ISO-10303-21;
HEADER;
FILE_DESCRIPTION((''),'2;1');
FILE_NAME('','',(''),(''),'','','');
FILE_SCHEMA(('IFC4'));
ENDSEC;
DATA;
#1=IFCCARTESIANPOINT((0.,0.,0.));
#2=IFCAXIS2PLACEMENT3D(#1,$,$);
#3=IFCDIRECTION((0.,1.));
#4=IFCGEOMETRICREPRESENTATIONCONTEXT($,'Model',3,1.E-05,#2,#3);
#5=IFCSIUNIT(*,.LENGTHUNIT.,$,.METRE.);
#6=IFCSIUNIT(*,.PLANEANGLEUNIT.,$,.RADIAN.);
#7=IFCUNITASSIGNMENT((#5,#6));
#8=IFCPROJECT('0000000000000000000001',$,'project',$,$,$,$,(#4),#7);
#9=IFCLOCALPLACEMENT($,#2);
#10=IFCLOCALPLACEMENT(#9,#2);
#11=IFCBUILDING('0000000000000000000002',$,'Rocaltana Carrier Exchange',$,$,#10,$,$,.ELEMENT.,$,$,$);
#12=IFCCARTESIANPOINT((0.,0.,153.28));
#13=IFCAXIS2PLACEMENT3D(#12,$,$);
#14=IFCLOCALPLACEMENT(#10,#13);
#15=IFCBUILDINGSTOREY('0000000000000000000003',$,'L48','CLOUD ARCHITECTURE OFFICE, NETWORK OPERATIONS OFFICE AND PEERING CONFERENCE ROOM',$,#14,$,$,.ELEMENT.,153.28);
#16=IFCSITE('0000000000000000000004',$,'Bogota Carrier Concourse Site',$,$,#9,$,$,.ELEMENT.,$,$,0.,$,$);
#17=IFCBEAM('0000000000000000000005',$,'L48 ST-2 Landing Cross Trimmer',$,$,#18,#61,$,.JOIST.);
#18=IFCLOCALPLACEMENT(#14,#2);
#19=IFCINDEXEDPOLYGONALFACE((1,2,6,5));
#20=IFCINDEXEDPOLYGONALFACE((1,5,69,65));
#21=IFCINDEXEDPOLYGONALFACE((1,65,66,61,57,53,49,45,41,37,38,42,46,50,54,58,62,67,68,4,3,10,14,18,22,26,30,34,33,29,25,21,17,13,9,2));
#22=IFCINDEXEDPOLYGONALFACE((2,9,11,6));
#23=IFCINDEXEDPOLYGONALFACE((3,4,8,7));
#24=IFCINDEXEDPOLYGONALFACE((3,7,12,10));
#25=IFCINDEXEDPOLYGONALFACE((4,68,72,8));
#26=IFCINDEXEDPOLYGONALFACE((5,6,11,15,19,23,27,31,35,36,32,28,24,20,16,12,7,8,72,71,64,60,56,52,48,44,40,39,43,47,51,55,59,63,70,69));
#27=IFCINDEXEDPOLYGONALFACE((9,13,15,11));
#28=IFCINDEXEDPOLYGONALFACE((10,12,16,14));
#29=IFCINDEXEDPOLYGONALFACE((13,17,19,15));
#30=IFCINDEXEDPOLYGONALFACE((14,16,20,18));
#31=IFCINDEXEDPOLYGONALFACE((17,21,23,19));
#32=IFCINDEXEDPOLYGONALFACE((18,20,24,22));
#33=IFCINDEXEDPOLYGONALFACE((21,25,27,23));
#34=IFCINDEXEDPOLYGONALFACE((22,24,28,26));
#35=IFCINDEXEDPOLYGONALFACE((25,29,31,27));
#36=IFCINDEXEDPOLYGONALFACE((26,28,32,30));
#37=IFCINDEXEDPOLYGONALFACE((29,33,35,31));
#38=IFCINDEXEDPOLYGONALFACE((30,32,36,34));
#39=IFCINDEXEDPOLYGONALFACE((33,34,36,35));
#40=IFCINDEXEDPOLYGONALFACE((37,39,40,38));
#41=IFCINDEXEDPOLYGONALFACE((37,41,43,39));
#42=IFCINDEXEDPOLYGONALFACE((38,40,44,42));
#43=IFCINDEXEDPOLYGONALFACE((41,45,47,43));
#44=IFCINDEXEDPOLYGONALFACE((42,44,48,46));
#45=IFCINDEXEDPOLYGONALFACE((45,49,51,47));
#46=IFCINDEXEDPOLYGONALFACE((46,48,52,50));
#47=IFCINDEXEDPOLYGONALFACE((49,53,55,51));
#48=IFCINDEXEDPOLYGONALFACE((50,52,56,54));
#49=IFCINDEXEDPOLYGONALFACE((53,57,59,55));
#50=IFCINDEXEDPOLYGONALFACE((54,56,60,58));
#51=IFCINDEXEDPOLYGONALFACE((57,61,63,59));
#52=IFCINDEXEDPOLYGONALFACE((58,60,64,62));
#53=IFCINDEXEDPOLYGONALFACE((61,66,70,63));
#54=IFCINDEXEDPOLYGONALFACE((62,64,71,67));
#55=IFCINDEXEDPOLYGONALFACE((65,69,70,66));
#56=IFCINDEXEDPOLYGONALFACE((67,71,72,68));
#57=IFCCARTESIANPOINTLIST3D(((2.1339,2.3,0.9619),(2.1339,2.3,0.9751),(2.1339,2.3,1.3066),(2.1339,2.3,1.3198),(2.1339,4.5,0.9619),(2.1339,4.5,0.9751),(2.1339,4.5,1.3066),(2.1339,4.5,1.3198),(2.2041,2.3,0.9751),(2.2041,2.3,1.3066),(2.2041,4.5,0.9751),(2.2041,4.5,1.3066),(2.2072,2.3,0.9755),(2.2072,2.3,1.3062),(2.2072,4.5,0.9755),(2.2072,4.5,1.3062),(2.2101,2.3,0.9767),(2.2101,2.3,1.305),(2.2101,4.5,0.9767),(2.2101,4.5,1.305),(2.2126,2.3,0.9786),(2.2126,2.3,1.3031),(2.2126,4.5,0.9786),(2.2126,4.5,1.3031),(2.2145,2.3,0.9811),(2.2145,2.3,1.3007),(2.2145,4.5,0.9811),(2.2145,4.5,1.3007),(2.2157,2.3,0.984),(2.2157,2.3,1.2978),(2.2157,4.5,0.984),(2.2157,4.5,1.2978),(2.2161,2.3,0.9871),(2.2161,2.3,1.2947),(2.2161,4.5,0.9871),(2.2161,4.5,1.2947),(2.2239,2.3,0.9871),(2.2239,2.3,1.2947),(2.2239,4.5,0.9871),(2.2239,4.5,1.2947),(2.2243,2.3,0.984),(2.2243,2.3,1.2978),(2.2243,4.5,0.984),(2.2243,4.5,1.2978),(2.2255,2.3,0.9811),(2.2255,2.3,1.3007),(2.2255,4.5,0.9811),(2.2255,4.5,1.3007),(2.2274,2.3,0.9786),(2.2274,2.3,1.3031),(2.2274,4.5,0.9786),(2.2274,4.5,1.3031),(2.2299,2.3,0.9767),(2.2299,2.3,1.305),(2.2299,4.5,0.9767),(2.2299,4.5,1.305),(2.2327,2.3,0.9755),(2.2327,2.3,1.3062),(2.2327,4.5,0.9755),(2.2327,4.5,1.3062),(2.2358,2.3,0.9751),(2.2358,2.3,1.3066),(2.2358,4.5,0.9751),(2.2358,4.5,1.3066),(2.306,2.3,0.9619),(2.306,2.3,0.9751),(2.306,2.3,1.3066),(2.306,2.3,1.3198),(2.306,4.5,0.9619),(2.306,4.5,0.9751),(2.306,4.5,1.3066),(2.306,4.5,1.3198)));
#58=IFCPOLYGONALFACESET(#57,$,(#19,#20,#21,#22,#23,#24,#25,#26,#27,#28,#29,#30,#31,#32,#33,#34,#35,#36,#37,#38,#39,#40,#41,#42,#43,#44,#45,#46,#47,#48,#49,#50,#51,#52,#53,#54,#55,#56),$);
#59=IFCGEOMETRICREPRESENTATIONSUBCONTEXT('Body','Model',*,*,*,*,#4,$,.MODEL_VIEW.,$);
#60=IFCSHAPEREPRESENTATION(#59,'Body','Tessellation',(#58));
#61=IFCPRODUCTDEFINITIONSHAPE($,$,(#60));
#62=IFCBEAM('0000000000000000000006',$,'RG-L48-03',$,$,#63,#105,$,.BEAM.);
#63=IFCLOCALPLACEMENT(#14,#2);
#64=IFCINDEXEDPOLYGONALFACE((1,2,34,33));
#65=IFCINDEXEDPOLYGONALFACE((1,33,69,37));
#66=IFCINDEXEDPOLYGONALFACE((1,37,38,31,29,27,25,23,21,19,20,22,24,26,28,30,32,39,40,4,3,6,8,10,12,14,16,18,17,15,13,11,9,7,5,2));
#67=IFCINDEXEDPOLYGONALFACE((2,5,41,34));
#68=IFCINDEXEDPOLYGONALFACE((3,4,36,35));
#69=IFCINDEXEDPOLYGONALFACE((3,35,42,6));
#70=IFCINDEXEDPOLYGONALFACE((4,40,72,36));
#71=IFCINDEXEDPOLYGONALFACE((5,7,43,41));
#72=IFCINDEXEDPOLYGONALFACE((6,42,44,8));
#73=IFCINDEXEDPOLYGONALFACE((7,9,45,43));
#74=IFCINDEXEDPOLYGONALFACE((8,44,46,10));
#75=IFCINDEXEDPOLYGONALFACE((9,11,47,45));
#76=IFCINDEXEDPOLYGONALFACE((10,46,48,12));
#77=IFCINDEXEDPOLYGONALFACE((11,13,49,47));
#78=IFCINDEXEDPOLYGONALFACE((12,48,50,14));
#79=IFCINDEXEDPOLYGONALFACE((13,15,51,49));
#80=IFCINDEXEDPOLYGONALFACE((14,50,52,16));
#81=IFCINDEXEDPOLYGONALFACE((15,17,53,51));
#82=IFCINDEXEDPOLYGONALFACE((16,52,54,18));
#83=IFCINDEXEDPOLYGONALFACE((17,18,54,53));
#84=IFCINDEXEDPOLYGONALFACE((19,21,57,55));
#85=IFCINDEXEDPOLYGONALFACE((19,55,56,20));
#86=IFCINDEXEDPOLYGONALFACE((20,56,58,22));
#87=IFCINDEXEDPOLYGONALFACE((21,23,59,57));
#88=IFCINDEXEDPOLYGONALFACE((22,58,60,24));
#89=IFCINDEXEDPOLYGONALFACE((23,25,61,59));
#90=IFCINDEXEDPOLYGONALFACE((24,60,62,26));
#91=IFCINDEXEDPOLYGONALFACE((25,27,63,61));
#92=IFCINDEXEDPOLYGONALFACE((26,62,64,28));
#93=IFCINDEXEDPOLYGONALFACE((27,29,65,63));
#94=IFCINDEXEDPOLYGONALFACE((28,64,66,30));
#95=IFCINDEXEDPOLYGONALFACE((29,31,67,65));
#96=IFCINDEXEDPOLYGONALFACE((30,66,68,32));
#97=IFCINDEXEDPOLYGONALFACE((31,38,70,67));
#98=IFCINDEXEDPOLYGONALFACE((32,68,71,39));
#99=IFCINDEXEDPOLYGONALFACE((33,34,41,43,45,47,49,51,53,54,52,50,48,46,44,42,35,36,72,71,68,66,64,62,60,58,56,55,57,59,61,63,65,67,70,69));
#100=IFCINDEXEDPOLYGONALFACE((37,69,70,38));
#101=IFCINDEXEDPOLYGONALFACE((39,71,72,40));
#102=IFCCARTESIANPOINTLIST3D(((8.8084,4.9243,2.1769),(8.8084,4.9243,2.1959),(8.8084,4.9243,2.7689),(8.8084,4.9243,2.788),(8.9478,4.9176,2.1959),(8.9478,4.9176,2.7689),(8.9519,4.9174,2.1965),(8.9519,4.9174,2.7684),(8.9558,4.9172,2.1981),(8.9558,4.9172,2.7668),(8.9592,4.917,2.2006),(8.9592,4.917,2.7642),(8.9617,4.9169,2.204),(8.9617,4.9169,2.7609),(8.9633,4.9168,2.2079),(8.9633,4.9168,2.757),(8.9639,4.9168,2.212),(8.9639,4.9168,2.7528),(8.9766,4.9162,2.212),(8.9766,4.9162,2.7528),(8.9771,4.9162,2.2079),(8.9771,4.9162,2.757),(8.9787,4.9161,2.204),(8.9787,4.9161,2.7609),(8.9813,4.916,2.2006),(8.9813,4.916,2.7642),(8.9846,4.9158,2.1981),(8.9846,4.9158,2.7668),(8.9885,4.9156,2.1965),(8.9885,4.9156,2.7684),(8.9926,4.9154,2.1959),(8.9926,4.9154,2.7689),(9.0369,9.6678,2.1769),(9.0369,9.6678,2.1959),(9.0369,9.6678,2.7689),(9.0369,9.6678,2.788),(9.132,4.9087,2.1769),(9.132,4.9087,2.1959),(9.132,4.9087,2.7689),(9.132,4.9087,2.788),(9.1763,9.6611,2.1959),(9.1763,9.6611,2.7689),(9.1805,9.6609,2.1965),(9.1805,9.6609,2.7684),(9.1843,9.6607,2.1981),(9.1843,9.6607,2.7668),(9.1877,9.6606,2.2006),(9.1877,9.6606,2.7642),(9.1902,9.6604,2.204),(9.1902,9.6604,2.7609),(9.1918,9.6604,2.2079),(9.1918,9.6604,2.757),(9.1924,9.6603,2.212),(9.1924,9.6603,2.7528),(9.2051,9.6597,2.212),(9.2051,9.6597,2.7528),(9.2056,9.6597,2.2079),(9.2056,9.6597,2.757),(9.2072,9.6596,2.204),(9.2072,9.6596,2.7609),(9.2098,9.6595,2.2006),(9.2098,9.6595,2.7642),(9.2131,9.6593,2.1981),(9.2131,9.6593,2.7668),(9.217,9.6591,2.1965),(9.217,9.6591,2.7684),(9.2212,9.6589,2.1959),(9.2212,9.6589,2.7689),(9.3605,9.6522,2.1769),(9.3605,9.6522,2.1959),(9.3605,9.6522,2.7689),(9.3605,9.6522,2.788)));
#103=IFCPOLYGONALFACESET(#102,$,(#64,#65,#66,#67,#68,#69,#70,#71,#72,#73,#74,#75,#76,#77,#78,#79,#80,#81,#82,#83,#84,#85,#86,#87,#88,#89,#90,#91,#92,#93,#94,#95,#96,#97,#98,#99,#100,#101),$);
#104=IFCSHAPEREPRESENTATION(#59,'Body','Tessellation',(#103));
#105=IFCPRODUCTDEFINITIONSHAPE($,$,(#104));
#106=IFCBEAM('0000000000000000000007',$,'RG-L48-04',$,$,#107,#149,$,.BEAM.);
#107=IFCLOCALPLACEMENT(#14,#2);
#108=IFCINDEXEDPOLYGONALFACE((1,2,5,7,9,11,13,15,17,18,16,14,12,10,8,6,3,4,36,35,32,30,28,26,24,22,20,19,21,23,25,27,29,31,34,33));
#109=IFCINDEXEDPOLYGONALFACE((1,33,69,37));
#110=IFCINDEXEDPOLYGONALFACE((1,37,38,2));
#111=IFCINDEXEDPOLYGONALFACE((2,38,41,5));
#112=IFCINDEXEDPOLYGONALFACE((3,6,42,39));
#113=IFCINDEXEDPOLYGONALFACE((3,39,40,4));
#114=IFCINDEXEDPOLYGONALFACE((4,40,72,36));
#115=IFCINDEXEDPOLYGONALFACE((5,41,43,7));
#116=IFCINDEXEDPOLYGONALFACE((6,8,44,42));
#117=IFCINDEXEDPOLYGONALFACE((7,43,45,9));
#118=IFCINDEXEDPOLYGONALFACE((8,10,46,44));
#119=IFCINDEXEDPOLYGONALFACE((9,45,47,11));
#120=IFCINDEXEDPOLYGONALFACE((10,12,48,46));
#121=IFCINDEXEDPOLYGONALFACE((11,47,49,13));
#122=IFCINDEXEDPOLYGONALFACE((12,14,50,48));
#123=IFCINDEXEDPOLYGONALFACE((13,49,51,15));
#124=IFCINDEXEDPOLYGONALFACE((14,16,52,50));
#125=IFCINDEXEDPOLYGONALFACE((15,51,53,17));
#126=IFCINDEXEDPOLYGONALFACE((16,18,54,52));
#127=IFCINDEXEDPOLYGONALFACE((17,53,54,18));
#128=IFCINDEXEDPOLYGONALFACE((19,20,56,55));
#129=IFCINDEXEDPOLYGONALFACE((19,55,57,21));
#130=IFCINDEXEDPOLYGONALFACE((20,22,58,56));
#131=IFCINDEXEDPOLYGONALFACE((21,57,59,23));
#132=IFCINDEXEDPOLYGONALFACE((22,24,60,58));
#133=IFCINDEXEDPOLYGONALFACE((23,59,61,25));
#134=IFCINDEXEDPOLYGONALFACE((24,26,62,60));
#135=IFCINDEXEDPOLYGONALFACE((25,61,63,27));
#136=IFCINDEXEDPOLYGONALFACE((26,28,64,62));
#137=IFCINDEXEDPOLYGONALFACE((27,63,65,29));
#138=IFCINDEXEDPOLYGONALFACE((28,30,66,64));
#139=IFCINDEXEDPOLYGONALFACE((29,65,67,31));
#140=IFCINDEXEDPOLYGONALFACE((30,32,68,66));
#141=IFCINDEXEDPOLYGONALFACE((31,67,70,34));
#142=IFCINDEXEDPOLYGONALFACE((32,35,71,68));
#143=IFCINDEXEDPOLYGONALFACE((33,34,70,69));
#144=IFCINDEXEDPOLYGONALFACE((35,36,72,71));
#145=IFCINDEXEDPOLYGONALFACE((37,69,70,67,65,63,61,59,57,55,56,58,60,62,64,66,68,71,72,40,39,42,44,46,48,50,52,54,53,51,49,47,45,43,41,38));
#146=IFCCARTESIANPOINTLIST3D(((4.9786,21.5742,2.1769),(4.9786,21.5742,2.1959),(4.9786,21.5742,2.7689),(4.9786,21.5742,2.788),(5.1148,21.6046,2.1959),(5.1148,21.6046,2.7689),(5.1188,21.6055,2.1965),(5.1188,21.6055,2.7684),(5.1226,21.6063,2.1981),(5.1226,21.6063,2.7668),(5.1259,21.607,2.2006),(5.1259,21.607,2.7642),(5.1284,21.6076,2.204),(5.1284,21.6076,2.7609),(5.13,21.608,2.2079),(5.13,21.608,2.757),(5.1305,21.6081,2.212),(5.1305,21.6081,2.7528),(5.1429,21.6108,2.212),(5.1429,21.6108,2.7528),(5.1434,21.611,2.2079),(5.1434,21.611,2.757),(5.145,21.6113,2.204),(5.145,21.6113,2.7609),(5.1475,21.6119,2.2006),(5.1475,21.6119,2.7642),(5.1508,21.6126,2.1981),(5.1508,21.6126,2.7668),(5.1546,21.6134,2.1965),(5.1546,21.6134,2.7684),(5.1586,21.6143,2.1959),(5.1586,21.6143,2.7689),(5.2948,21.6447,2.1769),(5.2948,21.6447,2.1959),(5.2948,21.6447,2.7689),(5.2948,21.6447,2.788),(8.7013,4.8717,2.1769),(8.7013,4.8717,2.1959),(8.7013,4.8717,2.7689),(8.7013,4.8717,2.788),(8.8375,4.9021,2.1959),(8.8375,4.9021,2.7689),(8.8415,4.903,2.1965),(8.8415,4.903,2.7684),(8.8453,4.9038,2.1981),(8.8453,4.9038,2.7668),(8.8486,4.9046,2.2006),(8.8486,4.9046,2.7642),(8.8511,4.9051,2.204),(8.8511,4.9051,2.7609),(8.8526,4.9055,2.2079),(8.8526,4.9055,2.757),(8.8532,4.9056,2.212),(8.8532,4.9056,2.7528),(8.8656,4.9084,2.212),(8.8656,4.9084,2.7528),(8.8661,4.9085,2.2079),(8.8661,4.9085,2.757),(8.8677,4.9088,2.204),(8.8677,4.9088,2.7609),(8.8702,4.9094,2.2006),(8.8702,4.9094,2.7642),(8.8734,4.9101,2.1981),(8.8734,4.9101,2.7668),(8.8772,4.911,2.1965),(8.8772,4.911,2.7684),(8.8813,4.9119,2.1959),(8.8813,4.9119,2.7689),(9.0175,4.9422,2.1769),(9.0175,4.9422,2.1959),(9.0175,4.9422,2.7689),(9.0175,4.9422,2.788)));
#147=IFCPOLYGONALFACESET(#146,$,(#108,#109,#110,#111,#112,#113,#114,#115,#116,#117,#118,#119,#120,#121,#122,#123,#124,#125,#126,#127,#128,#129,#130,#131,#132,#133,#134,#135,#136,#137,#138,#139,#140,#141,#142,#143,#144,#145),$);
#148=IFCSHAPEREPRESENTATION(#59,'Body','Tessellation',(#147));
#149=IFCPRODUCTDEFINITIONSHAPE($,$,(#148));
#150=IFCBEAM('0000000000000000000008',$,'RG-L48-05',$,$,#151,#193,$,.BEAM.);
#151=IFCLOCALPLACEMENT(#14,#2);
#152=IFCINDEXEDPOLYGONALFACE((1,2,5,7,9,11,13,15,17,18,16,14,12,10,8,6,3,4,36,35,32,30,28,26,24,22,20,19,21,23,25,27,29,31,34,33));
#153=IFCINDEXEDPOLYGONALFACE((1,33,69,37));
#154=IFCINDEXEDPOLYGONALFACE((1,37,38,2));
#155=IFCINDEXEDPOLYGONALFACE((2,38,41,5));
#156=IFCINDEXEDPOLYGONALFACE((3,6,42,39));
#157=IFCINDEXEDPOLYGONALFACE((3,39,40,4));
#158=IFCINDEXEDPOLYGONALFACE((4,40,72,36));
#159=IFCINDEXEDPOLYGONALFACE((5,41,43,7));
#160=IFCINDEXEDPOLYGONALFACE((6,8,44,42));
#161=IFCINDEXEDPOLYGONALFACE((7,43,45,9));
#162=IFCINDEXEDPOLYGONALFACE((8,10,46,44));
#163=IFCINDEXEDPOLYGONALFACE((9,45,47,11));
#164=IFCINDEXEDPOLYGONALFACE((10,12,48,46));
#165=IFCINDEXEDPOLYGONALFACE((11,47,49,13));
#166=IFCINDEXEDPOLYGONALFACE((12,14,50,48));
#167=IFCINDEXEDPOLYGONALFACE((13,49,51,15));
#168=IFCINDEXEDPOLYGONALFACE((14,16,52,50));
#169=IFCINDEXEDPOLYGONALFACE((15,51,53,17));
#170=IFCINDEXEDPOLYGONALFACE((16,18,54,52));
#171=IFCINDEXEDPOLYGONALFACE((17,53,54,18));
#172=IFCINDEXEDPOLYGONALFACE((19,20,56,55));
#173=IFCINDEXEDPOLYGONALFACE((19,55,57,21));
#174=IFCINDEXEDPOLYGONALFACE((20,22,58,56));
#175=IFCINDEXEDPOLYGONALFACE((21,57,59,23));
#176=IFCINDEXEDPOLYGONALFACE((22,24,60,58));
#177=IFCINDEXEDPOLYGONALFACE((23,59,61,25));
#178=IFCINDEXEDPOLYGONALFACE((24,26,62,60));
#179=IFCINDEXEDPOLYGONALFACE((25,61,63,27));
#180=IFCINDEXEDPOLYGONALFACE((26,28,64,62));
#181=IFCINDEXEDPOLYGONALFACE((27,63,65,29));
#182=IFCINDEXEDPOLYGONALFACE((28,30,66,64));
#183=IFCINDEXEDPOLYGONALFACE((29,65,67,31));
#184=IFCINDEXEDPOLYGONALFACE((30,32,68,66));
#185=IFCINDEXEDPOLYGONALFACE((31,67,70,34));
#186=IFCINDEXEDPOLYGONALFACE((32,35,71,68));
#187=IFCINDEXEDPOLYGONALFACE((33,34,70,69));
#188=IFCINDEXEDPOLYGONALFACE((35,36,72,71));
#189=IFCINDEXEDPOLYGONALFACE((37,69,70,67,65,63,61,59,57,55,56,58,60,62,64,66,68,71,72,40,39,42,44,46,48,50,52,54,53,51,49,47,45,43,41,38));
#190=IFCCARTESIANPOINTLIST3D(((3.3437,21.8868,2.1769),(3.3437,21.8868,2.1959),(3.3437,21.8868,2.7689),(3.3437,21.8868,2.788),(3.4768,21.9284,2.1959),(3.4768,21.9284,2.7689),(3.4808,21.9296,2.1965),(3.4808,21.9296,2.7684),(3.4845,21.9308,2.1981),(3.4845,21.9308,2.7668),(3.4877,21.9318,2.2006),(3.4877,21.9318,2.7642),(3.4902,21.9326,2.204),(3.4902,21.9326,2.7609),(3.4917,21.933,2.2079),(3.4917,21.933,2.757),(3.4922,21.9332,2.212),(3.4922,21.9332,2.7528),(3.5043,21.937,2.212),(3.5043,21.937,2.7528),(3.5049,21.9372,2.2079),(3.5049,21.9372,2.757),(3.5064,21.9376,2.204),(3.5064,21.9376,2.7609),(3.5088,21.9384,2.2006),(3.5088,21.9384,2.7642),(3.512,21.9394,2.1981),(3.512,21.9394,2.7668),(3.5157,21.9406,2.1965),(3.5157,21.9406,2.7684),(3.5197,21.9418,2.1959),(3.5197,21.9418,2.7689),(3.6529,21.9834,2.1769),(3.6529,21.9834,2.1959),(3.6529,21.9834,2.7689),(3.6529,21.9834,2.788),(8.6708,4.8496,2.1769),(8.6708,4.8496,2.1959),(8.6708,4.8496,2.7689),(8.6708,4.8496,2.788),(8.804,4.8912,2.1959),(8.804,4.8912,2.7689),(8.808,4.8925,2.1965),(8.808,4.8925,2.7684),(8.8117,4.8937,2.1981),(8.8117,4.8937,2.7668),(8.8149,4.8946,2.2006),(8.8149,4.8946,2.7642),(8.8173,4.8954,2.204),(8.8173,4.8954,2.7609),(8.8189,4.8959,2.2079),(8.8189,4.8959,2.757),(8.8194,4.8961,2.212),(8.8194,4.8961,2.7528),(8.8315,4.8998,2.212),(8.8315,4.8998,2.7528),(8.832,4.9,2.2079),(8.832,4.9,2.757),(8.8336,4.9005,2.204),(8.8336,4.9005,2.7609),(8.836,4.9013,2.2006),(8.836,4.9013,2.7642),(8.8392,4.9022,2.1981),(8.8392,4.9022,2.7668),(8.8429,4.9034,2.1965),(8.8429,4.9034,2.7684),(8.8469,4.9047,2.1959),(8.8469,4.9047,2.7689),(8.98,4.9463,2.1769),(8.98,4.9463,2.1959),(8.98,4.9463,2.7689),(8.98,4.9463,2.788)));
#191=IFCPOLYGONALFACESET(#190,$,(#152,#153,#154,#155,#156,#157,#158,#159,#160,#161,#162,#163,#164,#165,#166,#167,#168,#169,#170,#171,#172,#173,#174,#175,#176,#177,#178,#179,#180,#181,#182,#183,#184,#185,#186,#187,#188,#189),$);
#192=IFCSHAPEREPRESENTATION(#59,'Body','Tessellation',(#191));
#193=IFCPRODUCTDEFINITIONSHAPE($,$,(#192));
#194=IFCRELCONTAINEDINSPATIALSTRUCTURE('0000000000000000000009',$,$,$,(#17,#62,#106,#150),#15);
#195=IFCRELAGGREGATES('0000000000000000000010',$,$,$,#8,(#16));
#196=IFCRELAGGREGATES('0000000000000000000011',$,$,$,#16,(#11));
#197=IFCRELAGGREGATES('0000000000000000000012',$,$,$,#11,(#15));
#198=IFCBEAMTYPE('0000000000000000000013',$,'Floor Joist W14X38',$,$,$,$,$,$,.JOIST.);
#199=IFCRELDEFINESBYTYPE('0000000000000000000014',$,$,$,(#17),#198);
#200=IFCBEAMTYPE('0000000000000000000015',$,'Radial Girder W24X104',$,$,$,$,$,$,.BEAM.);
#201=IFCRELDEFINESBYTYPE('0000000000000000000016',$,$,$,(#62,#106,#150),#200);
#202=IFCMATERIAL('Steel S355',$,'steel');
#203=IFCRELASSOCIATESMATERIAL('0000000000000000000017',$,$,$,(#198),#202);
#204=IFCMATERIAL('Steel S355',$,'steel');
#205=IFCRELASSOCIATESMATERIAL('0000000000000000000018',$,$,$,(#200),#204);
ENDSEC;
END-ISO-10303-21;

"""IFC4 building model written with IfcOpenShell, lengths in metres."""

from ifc_helpers import new_model, si_unit, direction, frame, origin, origin_2d, place, context, subcontext, project, spatial, i_section, extrude, material, material_profile, profile_set, type_object, element, save


model = new_model("IFC4")

# Units and contexts
model_context = context("Model", 3, precision=1e-05, world=origin(), true_north=direction((0.0, 1.0)))
body_context = subcontext(model_context, "Body", "Model", "MODEL_VIEW")
ifc_project = project(units=[si_unit("LENGTHUNIT", "METRE"), si_unit("PLANEANGLEUNIT", "RADIAN")], contexts=[model_context])

# Site, building, storey
site_placement = place(None, origin())
site = spatial("IfcSite", under=ifc_project, at=site_placement, Name="Bogota Carrier Concourse Site", CompositionType="ELEMENT", RefElevation=0.0)
building_placement = place(site_placement, origin())
building = spatial("IfcBuilding", under=site, at=building_placement, Name="Rocaltana Carrier Exchange", CompositionType="ELEMENT")
storey_placement = place(building_placement, frame((0.0, 0.0, 153.28)))
storey = spatial("IfcBuildingStorey", under=building, at=storey_placement, Name="L48", Description="CLOUD ARCHITECTURE OFFICE, NETWORK OPERATIONS OFFICE AND PEERING CONFERENCE ROOM", CompositionType="ELEMENT", Elevation=153.28)

# Beams
ifc_material_1 = material(Name="Steel S355", Category="steel")
ifc_material_profile_1 = material_profile(ifc_material_1, i_section(OverallWidth=0.1721, OverallDepth=0.3579, WebThickness=0.0078, FlangeThickness=0.0132, FilletRadius=0.012, at=origin_2d()), Name="W14X38")
ifc_profile_set_1 = profile_set([ifc_material_profile_1], Name="Steel S355")
beam_type_1 = type_object("IfcBeamType", Name="Floor Joist W14X38", PredefinedType="JOIST", material=ifc_profile_set_1)
beam_1_placement = place(storey_placement, frame((2.22, 2.3, 1.1409), z_axis=(0.0, 1.0, 0.0), x_axis=(-1.0, 0.0, 0.0)))
element("IfcBeam", 1, at=beam_1_placement, inside=storey, type_object=beam_type_1, Name="L48 ST-2 Landing Cross Trimmer", PredefinedType="JOIST", context=body_context, shape_type="SweptSolid", body=[
    extrude(i_section(OverallWidth=0.1721, OverallDepth=0.3579, WebThickness=0.0078, FlangeThickness=0.0132, FilletRadius=0.012, at=origin_2d()), origin(), (0.0, 0.0, 1.0), 2.2),
])
ifc_material_2 = material(Name="Steel S355", Category="steel")
ifc_material_profile_2 = material_profile(ifc_material_2, i_section(OverallWidth=0.324, OverallDepth=0.6111, WebThickness=0.0127, FlangeThickness=0.019, FilletRadius=0.0161, at=origin_2d()), Name="W24X104")
ifc_profile_set_2 = profile_set([ifc_material_profile_2], Name="Steel S355")
beam_type_2 = type_object("IfcBeamType", Name="Radial Girder W24X104", PredefinedType="BEAM", material=ifc_profile_set_2)
beam_2_placement = place(storey_placement, frame((8.9702, 4.9165, 2.4824), z_axis=(0.04812, 0.998842, 0.0), x_axis=(-0.998842, 0.04812, 0.0)))
element("IfcBeam", 2, at=beam_2_placement, inside=storey, type_object=beam_type_2, Name="RG-L48-03", PredefinedType="BEAM", context=body_context, shape_type="SweptSolid", body=[
    extrude(i_section(OverallWidth=0.324, OverallDepth=0.6111, WebThickness=0.0127, FlangeThickness=0.019, FilletRadius=0.0161, at=origin_2d()), origin(), (0.0, 0.0, 1.0), 4.749),
])
beam_3_placement = place(storey_placement, frame((8.8594, 4.907, 2.4824), z_axis=(-0.217544, 0.976051, 0.0), x_axis=(-0.976051, -0.217544, 0.0)))
element("IfcBeam", 3, at=beam_3_placement, inside=storey, type_object=beam_type_2, Name="RG-L48-04", PredefinedType="BEAM", context=body_context, shape_type="SweptSolid", body=[
    extrude(i_section(OverallWidth=0.324, OverallDepth=0.6111, WebThickness=0.0127, FlangeThickness=0.019, FilletRadius=0.0161, at=origin_2d()), origin(), (0.0, 0.0, 1.0), 17.1123),
])
beam_4_placement = place(storey_placement, frame((8.8254, 4.8979, 2.4824), z_axis=(-0.298431, 0.954431, 0.0), x_axis=(-0.954431, -0.298431, 0.0)))
element("IfcBeam", 4, at=beam_4_placement, inside=storey, type_object=beam_type_2, Name="RG-L48-05", PredefinedType="BEAM", context=body_context, shape_type="SweptSolid", body=[
    extrude(i_section(OverallWidth=0.324, OverallDepth=0.6111, WebThickness=0.0127, FlangeThickness=0.019, FilletRadius=0.0161, at=origin_2d()), origin(), (0.0, 0.0, 1.0), 17.8506),
])

save(model, "model.ifc")
